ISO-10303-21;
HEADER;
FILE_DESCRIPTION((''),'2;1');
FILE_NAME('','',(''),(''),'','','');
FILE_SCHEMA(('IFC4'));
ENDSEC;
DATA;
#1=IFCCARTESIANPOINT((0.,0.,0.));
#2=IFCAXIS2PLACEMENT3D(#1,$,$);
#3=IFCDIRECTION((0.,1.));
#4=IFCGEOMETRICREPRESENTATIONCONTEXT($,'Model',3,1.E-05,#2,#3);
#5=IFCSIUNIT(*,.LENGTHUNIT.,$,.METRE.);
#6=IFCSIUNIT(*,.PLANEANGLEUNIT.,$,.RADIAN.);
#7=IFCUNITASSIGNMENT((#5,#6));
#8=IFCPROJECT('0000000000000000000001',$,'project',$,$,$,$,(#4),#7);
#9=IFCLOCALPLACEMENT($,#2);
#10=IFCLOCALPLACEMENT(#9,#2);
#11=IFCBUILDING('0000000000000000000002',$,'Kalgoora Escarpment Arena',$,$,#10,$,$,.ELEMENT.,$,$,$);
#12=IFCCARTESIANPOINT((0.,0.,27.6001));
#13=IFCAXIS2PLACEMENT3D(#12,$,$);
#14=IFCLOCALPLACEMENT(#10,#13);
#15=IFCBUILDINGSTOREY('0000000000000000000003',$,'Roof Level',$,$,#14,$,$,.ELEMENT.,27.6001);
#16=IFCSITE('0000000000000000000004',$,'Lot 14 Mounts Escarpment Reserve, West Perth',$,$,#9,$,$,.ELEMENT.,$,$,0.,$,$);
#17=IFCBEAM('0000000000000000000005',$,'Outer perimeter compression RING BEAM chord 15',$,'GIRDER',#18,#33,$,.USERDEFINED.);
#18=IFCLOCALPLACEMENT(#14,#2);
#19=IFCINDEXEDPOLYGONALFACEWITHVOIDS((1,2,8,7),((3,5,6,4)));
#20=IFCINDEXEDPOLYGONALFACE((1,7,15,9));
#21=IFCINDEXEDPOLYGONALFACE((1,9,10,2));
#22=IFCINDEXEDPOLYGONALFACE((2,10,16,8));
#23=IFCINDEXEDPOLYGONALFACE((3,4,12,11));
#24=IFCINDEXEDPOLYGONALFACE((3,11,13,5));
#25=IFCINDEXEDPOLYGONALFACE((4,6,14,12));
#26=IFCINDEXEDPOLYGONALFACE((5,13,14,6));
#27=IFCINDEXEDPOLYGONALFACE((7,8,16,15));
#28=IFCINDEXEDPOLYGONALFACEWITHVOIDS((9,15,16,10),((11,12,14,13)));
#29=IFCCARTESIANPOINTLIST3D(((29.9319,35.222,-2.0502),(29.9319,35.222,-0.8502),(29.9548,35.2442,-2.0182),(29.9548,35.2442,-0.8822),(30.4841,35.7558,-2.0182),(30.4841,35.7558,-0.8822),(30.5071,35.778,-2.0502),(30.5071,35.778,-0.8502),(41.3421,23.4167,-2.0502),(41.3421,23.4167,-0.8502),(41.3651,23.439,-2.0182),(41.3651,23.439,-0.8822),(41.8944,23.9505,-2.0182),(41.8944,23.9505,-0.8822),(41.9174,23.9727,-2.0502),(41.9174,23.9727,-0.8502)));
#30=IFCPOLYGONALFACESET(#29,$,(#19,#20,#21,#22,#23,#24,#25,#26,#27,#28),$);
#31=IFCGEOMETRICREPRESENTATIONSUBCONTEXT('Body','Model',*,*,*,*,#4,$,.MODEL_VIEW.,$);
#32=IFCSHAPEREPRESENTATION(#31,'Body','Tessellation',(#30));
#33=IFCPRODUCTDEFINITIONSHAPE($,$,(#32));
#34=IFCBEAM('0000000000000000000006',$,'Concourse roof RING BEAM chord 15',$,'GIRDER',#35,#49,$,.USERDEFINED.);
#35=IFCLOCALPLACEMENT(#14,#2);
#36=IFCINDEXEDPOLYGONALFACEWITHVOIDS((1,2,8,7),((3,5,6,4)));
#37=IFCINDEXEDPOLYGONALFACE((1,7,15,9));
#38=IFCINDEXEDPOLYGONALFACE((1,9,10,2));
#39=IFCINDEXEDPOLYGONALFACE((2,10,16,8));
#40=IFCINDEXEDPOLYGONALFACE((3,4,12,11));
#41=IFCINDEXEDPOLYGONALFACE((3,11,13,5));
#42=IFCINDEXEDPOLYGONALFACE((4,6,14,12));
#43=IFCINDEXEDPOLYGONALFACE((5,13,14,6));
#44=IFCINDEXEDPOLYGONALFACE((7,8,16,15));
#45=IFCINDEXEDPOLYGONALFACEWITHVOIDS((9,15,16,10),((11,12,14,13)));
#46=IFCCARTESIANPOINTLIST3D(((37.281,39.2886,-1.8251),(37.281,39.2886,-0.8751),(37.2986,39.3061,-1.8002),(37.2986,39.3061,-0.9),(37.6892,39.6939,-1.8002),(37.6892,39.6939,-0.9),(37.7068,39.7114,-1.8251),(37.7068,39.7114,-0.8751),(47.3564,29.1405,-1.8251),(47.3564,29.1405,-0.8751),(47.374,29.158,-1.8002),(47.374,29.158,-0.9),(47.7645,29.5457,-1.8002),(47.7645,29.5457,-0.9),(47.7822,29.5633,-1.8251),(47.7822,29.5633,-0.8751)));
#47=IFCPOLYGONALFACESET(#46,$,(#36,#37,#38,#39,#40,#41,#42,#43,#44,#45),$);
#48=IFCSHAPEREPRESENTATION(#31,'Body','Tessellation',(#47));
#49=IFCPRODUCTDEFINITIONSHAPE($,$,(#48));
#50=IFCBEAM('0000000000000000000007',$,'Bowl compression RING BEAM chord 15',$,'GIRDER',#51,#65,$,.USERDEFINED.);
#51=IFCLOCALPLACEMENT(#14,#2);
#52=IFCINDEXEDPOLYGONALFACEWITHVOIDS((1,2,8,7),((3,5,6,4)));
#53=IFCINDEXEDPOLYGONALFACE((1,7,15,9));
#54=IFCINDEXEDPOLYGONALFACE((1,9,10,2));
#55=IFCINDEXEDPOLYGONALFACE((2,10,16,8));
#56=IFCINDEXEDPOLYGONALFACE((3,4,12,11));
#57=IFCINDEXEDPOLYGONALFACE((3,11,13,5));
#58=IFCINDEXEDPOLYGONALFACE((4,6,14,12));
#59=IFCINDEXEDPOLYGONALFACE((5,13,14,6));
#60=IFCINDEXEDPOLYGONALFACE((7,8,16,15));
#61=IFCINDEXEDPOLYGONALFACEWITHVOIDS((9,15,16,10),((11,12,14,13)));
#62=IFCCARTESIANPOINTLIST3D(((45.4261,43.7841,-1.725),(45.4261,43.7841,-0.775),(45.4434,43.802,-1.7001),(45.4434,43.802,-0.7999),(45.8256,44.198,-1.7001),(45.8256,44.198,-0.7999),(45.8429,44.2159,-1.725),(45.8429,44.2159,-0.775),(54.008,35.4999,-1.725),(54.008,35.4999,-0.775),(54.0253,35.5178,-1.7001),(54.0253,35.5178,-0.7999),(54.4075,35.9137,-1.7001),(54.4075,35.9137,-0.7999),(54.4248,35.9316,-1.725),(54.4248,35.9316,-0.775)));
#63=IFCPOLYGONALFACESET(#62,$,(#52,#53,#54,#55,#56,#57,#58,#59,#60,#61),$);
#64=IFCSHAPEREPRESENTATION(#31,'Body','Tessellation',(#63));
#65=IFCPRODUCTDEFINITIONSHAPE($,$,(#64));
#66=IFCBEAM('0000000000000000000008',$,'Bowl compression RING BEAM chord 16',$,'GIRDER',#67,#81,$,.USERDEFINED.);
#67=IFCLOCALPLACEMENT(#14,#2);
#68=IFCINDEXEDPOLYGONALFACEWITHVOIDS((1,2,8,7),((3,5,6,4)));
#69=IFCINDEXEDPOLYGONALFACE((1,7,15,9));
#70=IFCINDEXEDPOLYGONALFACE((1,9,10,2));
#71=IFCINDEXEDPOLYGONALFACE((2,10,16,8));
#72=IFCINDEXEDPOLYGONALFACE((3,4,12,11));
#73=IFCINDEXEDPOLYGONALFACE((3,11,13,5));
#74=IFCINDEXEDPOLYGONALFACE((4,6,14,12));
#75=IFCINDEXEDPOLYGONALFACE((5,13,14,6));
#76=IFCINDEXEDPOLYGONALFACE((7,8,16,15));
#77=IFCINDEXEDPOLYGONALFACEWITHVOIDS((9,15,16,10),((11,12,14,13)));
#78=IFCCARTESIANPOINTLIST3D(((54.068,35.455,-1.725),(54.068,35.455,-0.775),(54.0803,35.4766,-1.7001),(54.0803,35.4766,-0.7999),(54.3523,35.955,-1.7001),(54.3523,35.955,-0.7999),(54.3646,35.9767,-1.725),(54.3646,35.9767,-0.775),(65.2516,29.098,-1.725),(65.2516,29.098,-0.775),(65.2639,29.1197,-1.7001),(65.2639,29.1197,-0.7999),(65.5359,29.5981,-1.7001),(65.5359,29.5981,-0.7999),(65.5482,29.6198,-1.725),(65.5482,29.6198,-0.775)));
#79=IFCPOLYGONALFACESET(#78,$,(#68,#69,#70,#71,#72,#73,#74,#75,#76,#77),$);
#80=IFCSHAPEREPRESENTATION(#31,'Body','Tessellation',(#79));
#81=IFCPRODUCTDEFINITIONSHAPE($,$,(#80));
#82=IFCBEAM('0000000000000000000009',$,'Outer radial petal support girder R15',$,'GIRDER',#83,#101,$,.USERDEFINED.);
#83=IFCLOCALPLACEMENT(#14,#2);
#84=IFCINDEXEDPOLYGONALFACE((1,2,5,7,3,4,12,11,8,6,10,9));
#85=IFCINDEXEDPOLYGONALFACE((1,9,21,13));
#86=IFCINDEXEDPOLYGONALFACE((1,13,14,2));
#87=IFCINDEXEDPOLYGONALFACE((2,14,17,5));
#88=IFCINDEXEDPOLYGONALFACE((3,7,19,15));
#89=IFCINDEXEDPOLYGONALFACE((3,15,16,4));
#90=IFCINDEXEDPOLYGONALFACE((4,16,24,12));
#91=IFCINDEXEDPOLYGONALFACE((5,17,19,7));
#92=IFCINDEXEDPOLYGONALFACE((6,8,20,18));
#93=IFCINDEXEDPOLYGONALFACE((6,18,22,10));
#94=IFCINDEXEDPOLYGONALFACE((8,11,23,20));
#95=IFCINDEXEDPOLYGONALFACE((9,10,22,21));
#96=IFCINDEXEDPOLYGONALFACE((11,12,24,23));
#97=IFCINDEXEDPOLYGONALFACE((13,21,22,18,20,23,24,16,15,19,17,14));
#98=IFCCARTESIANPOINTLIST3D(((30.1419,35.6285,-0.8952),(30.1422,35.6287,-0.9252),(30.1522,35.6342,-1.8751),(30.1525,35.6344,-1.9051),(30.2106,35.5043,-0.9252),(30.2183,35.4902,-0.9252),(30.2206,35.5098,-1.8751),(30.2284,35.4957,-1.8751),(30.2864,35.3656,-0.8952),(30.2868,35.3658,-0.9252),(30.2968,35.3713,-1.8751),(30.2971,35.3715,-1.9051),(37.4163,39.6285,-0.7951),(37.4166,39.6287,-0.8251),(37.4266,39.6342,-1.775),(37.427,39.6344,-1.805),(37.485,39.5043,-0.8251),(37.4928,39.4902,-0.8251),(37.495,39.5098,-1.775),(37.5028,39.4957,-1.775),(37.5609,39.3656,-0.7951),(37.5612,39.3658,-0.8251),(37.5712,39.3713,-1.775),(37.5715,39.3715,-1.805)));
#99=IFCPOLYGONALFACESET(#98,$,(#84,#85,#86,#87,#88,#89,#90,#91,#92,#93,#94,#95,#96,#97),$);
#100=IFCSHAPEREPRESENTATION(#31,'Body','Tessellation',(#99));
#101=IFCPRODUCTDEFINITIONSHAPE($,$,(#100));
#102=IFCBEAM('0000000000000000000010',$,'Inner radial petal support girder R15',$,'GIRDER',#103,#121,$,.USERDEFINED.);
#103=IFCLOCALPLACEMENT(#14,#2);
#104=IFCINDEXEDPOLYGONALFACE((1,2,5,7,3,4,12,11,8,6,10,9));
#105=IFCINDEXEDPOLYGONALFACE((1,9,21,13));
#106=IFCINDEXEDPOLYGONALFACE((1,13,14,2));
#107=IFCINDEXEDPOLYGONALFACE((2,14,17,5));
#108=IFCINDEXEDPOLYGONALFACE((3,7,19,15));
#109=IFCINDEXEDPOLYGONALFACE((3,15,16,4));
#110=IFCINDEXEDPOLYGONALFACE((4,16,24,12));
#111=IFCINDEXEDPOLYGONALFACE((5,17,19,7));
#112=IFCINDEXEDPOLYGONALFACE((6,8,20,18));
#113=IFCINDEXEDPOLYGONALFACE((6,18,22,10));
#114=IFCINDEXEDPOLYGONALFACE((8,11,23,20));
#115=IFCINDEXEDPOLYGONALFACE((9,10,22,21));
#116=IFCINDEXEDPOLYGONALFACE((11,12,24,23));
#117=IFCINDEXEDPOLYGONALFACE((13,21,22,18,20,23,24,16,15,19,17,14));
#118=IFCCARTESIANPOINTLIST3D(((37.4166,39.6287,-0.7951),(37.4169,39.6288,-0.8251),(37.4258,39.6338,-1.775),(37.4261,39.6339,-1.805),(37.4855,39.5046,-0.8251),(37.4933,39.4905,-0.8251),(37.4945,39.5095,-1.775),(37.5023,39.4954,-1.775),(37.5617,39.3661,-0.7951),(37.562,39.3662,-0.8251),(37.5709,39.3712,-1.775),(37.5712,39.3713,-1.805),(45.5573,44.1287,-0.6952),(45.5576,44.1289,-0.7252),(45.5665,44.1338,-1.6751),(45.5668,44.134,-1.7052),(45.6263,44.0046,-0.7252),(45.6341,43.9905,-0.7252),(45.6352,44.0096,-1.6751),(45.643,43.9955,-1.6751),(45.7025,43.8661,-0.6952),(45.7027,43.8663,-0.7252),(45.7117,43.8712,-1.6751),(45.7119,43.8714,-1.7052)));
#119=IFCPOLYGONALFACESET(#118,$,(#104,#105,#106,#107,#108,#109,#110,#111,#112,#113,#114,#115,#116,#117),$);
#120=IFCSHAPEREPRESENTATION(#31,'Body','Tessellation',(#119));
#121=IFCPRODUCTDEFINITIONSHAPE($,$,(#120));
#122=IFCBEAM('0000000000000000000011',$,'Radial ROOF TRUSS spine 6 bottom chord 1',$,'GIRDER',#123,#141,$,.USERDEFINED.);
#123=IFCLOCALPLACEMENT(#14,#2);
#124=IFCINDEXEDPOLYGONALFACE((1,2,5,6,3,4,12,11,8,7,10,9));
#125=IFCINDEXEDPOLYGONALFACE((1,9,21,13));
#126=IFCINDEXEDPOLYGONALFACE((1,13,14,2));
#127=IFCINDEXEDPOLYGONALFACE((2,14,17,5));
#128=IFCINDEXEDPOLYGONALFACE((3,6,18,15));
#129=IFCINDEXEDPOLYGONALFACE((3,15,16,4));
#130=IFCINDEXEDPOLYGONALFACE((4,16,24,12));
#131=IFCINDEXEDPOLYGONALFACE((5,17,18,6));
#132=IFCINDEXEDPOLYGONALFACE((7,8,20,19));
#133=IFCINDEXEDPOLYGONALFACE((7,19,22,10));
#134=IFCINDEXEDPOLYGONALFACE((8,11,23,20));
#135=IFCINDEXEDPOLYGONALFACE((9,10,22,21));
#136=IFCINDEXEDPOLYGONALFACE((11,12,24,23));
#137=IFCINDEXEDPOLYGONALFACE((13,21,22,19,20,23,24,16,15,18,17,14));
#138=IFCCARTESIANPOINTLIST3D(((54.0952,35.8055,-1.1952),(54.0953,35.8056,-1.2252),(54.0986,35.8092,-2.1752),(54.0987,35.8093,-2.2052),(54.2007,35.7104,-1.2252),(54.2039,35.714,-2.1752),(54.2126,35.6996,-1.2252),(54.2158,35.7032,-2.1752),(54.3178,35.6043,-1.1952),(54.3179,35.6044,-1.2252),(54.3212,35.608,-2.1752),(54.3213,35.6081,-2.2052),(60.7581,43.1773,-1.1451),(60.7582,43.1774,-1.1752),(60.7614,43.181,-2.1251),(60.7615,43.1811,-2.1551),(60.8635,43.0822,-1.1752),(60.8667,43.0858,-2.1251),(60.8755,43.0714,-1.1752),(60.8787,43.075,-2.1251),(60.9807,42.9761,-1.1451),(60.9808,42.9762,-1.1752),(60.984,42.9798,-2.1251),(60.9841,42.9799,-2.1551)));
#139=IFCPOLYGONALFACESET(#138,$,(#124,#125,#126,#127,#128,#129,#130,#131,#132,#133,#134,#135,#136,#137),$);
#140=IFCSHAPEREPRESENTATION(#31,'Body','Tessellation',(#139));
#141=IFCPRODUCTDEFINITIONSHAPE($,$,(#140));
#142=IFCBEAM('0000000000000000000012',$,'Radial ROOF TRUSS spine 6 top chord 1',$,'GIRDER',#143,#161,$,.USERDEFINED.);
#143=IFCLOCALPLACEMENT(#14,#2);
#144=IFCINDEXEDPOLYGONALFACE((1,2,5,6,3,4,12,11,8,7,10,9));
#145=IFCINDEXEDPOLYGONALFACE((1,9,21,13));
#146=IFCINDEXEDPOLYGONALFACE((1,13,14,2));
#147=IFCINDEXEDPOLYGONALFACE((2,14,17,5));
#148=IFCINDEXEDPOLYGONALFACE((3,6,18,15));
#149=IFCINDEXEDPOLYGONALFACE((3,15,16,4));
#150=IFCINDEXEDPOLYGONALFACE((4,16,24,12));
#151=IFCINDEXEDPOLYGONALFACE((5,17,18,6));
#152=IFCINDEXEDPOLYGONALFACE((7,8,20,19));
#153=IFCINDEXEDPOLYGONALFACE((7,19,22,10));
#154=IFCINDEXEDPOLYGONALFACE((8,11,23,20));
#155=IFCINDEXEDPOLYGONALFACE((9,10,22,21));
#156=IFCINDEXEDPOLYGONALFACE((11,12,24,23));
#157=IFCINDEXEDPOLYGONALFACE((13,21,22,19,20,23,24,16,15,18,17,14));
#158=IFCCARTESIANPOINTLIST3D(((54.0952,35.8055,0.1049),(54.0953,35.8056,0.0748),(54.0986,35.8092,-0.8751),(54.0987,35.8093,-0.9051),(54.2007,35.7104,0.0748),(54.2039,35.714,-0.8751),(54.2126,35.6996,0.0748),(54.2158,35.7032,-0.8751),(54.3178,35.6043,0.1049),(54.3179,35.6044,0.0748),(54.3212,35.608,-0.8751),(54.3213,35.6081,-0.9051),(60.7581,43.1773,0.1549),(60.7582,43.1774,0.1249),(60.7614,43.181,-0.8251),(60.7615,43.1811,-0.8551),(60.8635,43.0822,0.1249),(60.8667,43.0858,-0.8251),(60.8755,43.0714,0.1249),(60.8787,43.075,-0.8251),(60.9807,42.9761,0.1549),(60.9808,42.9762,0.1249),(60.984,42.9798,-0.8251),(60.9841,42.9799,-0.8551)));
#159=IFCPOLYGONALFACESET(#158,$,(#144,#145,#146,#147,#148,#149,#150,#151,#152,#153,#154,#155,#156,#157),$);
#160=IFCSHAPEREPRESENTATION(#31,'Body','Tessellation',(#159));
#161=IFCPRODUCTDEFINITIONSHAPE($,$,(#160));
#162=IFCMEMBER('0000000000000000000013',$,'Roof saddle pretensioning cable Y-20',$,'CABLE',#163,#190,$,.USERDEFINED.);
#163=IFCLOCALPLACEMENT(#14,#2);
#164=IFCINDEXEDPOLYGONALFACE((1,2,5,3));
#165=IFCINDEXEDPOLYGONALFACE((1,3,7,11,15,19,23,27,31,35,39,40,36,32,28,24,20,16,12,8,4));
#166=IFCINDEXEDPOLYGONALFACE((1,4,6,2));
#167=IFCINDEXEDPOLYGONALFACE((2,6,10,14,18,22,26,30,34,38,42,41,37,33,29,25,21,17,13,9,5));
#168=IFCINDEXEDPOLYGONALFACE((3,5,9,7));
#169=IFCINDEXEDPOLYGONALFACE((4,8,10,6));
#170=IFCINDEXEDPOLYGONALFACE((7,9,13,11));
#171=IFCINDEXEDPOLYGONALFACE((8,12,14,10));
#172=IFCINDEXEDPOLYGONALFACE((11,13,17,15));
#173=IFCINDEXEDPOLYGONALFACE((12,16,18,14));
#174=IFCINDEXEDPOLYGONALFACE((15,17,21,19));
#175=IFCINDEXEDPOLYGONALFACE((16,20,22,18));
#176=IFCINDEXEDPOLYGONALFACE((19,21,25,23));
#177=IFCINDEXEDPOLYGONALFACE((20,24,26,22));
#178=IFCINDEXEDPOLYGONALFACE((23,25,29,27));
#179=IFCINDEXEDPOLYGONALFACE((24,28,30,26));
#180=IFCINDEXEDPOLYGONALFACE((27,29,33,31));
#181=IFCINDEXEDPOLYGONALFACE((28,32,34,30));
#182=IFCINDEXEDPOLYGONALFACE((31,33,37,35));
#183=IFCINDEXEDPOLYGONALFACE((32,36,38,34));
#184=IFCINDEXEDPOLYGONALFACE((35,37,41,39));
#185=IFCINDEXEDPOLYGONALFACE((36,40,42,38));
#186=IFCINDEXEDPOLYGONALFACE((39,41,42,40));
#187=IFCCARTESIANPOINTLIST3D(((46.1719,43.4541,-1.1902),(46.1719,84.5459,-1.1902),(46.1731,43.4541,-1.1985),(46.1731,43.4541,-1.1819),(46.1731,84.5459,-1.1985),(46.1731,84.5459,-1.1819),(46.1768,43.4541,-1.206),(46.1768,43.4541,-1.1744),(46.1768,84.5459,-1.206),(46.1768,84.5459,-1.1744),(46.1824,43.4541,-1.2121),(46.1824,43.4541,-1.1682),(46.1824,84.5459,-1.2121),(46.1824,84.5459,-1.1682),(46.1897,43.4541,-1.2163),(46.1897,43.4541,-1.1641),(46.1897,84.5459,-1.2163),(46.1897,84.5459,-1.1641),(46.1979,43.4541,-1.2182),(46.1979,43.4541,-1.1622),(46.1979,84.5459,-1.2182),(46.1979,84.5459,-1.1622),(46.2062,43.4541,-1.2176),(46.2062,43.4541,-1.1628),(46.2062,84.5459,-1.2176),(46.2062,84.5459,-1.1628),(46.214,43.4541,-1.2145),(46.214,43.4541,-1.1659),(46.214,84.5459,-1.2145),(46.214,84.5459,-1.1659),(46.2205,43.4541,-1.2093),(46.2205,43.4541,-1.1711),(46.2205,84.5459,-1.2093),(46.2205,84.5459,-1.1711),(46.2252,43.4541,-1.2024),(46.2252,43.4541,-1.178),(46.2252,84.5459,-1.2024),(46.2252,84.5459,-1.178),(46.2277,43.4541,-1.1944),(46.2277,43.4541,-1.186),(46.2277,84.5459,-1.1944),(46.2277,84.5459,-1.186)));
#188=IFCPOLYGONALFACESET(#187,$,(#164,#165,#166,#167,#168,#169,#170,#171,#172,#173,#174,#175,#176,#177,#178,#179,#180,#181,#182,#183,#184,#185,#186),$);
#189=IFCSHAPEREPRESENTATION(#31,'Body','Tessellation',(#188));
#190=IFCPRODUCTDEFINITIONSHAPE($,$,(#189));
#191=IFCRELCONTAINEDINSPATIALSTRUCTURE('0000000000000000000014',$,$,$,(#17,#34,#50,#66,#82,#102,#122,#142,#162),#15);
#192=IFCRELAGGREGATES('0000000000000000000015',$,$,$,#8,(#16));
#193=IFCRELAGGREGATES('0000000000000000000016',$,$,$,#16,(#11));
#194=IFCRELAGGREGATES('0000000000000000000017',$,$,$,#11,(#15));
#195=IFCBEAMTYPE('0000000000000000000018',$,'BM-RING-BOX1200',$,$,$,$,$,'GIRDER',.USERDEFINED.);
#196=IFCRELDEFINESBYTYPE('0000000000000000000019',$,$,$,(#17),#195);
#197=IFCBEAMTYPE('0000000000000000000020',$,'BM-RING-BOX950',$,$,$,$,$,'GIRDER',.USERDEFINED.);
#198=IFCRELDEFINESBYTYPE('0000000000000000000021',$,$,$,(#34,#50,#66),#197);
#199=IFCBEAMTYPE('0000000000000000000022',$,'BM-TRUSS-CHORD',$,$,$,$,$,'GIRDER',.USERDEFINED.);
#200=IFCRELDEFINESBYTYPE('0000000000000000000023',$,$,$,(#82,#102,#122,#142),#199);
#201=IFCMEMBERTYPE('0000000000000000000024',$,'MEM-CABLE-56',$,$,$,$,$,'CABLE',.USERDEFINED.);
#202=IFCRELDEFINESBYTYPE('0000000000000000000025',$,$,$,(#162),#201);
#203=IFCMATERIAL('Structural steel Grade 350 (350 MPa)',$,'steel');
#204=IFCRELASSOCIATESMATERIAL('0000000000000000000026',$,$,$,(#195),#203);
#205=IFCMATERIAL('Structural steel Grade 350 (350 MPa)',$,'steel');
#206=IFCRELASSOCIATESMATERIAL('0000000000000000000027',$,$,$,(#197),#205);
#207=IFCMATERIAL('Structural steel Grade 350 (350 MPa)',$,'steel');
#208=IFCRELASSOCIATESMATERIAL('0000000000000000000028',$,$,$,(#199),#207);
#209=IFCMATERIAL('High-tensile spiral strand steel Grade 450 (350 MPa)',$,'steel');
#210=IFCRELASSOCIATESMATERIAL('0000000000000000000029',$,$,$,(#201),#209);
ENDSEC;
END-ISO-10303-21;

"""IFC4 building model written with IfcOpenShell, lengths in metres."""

from ifc_helpers import new_model, si_unit, direction, frame, origin, origin_2d, place, context, subcontext, project, spatial, hollow_rectangle, circle, i_section, extrude, material, material_profile, profile_set, type_object, element, save


model = new_model("IFC4")

# Units and contexts
model_context = context("Model", 3, precision=1e-05, world=origin(), true_north=direction((0.0, 1.0)))
body_context = subcontext(model_context, "Body", "Model", "MODEL_VIEW")
ifc_project = project(units=[si_unit("LENGTHUNIT", "METRE"), si_unit("PLANEANGLEUNIT", "RADIAN")], contexts=[model_context])

# Site, building, storey
site_placement = place(None, origin())
site = spatial("IfcSite", under=ifc_project, at=site_placement, Name="Lot 14 Mounts Escarpment Reserve, West Perth", CompositionType="ELEMENT", RefElevation=0.0)
building_placement = place(site_placement, origin())
building = spatial("IfcBuilding", under=site, at=building_placement, Name="Kalgoora Escarpment Arena", CompositionType="ELEMENT")
storey_placement = place(building_placement, frame((0.0, 0.0, 27.6001)))
storey = spatial("IfcBuildingStorey", under=building, at=storey_placement, Name="Roof Level", CompositionType="ELEMENT", Elevation=27.6001)

# Beams
ifc_material_1 = material(Name="Structural steel Grade 350 (350 MPa)", Category="steel")
ifc_material_profile_1 = material_profile(ifc_material_1, hollow_rectangle(XDim=0.8, YDim=1.2, WallThickness=0.032, at=origin_2d()))
ifc_profile_set_1 = profile_set([ifc_material_profile_1], Name="Structural steel Grade 350 (350 MPa)")
beam_type_1 = type_object("IfcBeamType", Name="BM-RING-BOX1200", ElementType="GIRDER", PredefinedType="USERDEFINED", material=ifc_profile_set_1)
beam_1_placement = place(storey_placement, frame((30.2195, 35.5, -1.4502), z_axis=(0.694974, -0.719034, 0.0), x_axis=(0.719034, 0.694974, 0.0)))
element("IfcBeam", 1, at=beam_1_placement, inside=storey, type_object=beam_type_1, Name="Outer perimeter compression RING BEAM chord 15", ObjectType="GIRDER", PredefinedType="USERDEFINED", context=body_context, shape_type="SweptSolid", body=[
    extrude(hollow_rectangle(XDim=0.8, YDim=1.2, WallThickness=0.032, at=origin_2d()), origin(), (0.0, 0.0, 1.0), 16.4182),
])
ifc_material_2 = material(Name="Structural steel Grade 350 (350 MPa)", Category="steel")
ifc_material_profile_2 = material_profile(ifc_material_2, hollow_rectangle(XDim=0.6001, YDim=0.95, WallThickness=0.0249, at=origin_2d()))
ifc_profile_set_2 = profile_set([ifc_material_profile_2], Name="Structural steel Grade 350 (350 MPa)")
beam_type_2 = type_object("IfcBeamType", Name="BM-RING-BOX950", ElementType="GIRDER", PredefinedType="USERDEFINED", material=ifc_profile_set_2)
beam_2_placement = place(storey_placement, frame((37.4939, 39.5, -1.3501), z_axis=(0.704558, -0.709646, 0.0), x_axis=(0.709646, 0.704558, 0.0)))
element("IfcBeam", 2, at=beam_2_placement, inside=storey, type_object=beam_type_2, Name="Concourse roof RING BEAM chord 15", ObjectType="GIRDER", PredefinedType="USERDEFINED", context=body_context, shape_type="SweptSolid", body=[
    extrude(hollow_rectangle(XDim=0.6001, YDim=0.95, WallThickness=0.0249, at=origin_2d()), origin(), (0.0, 0.0, 1.0), 14.3003),
])
beam_3_placement = place(storey_placement, frame((45.6345, 44.0, -1.25), z_axis=(0.719472, -0.694521, 0.0), x_axis=(0.694521, 0.719472, 0.0)))
element("IfcBeam", 3, at=beam_3_placement, inside=storey, type_object=beam_type_2, Name="Bowl compression RING BEAM chord 15", ObjectType="GIRDER", PredefinedType="USERDEFINED", context=body_context, shape_type="SweptSolid", body=[
    extrude(hollow_rectangle(XDim=0.6001, YDim=0.95, WallThickness=0.0249, at=origin_2d()), origin(), (0.0, 0.0, 1.0), 11.928),
])
beam_4_placement = place(storey_placement, frame((54.2163, 35.7158, -1.25), z_axis=(0.869369, -0.494163, 0.0), x_axis=(0.494163, 0.869369, 0.0)))
element("IfcBeam", 4, at=beam_4_placement, inside=storey, type_object=beam_type_2, Name="Bowl compression RING BEAM chord 16", ObjectType="GIRDER", PredefinedType="USERDEFINED", context=body_context, shape_type="SweptSolid", body=[
    extrude(hollow_rectangle(XDim=0.6001, YDim=0.95, WallThickness=0.0249, at=origin_2d()), origin(), (0.0, 0.0, 1.0), 12.864),
])
ifc_material_3 = material(Name="Structural steel Grade 350 (350 MPa)", Category="steel")
ifc_material_profile_3 = material_profile(ifc_material_3, i_section(OverallWidth=0.3, OverallDepth=1.01, WebThickness=0.0161, FlangeThickness=0.03, at=origin_2d()))
ifc_profile_set_3 = profile_set([ifc_material_profile_3], Name="Structural steel Grade 350 (350 MPa)")
beam_type_3 = type_object("IfcBeamType", Name="BM-TRUSS-CHORD", ElementType="GIRDER", PredefinedType="USERDEFINED", material=ifc_profile_set_3)
beam_5_placement = place(storey_placement, frame((30.2195, 35.5, -1.4001), z_axis=(0.876199, 0.481798, 0.012057), x_axis=(-0.481833, 0.876263, 0.0)))
element("IfcBeam", 5, at=beam_5_placement, inside=storey, type_object=beam_type_3, Name="Outer radial petal support girder R15", ObjectType="GIRDER", PredefinedType="USERDEFINED", context=body_context, shape_type="SweptSolid", body=[
    extrude(i_section(OverallWidth=0.3, OverallDepth=1.01, WebThickness=0.0161, FlangeThickness=0.03, at=origin_2d()), origin(), (0.0, 0.0, 1.0), 8.3022),
])
beam_6_placement = place(storey_placement, frame((37.4939, 39.5, -1.3), z_axis=(0.875135, 0.48376, 0.010734), x_axis=(-0.483788, 0.875185, 0.0)))
element("IfcBeam", 6, at=beam_6_placement, inside=storey, type_object=beam_type_3, Name="Inner radial petal support girder R15", ObjectType="GIRDER", PredefinedType="USERDEFINED", context=body_context, shape_type="SweptSolid", body=[
    extrude(i_section(OverallWidth=0.3, OverallDepth=1.01, WebThickness=0.0161, FlangeThickness=0.03, at=origin_2d()), origin(), (0.0, 0.0, 1.0), 9.3022),
])
for number, where, z_axis, x_axis, name in (
    (7, (54.2083, 35.7068, -1.7002), (0.670523, 0.741872, 0.005037), (-0.741881, 0.670531, 0.0), "Radial ROOF TRUSS spine 6 bottom chord 1"),
    (8, (54.2083, 35.7068, -0.4001), (0.670523, 0.741872, 0.005037), (-0.741881, 0.670531, 0.0), "Radial ROOF TRUSS spine 6 top chord 1"),
):
    element("IfcBeam", number, at=place(storey_placement, frame(where, z_axis=z_axis, x_axis=x_axis)), inside=storey, type_object=beam_type_3, Name=name, ObjectType="GIRDER", PredefinedType="USERDEFINED", context=body_context, shape_type="SweptSolid", body=[
        extrude(i_section(OverallWidth=0.3, OverallDepth=1.01, WebThickness=0.0161, FlangeThickness=0.03, at=origin_2d()), origin(), (0.0, 0.0, 1.0), 9.9368),
    ])

# Member
ifc_material_4 = material(Name="High-tensile spiral strand steel Grade 450 (350 MPa)", Category="steel")
ifc_material_profile_4 = material_profile(ifc_material_4, circle(Radius=0.0281, at=origin_2d()))
ifc_profile_set_4 = profile_set([ifc_material_profile_4], Name="High-tensile spiral strand steel Grade 450 (350 MPa)")
member_type_1 = type_object("IfcMemberType", Name="MEM-CABLE-56", ElementType="CABLE", PredefinedType="USERDEFINED", material=ifc_profile_set_4)
member_1_placement = place(storey_placement, frame((46.2, 43.4541, -1.1902), z_axis=(0.0, 1.0, 0.0), x_axis=(-1.0, 0.0, 0.0)))
element("IfcMember", 9, at=member_1_placement, inside=storey, type_object=member_type_1, Name="Roof saddle pretensioning cable Y-20", ObjectType="CABLE", PredefinedType="USERDEFINED", context=body_context, shape_type="SweptSolid", body=[
    extrude(circle(Radius=0.0281, at=origin_2d()), origin(), (0.0, 0.0, 1.0), 41.0918),
])

save(model, "model.ifc")
